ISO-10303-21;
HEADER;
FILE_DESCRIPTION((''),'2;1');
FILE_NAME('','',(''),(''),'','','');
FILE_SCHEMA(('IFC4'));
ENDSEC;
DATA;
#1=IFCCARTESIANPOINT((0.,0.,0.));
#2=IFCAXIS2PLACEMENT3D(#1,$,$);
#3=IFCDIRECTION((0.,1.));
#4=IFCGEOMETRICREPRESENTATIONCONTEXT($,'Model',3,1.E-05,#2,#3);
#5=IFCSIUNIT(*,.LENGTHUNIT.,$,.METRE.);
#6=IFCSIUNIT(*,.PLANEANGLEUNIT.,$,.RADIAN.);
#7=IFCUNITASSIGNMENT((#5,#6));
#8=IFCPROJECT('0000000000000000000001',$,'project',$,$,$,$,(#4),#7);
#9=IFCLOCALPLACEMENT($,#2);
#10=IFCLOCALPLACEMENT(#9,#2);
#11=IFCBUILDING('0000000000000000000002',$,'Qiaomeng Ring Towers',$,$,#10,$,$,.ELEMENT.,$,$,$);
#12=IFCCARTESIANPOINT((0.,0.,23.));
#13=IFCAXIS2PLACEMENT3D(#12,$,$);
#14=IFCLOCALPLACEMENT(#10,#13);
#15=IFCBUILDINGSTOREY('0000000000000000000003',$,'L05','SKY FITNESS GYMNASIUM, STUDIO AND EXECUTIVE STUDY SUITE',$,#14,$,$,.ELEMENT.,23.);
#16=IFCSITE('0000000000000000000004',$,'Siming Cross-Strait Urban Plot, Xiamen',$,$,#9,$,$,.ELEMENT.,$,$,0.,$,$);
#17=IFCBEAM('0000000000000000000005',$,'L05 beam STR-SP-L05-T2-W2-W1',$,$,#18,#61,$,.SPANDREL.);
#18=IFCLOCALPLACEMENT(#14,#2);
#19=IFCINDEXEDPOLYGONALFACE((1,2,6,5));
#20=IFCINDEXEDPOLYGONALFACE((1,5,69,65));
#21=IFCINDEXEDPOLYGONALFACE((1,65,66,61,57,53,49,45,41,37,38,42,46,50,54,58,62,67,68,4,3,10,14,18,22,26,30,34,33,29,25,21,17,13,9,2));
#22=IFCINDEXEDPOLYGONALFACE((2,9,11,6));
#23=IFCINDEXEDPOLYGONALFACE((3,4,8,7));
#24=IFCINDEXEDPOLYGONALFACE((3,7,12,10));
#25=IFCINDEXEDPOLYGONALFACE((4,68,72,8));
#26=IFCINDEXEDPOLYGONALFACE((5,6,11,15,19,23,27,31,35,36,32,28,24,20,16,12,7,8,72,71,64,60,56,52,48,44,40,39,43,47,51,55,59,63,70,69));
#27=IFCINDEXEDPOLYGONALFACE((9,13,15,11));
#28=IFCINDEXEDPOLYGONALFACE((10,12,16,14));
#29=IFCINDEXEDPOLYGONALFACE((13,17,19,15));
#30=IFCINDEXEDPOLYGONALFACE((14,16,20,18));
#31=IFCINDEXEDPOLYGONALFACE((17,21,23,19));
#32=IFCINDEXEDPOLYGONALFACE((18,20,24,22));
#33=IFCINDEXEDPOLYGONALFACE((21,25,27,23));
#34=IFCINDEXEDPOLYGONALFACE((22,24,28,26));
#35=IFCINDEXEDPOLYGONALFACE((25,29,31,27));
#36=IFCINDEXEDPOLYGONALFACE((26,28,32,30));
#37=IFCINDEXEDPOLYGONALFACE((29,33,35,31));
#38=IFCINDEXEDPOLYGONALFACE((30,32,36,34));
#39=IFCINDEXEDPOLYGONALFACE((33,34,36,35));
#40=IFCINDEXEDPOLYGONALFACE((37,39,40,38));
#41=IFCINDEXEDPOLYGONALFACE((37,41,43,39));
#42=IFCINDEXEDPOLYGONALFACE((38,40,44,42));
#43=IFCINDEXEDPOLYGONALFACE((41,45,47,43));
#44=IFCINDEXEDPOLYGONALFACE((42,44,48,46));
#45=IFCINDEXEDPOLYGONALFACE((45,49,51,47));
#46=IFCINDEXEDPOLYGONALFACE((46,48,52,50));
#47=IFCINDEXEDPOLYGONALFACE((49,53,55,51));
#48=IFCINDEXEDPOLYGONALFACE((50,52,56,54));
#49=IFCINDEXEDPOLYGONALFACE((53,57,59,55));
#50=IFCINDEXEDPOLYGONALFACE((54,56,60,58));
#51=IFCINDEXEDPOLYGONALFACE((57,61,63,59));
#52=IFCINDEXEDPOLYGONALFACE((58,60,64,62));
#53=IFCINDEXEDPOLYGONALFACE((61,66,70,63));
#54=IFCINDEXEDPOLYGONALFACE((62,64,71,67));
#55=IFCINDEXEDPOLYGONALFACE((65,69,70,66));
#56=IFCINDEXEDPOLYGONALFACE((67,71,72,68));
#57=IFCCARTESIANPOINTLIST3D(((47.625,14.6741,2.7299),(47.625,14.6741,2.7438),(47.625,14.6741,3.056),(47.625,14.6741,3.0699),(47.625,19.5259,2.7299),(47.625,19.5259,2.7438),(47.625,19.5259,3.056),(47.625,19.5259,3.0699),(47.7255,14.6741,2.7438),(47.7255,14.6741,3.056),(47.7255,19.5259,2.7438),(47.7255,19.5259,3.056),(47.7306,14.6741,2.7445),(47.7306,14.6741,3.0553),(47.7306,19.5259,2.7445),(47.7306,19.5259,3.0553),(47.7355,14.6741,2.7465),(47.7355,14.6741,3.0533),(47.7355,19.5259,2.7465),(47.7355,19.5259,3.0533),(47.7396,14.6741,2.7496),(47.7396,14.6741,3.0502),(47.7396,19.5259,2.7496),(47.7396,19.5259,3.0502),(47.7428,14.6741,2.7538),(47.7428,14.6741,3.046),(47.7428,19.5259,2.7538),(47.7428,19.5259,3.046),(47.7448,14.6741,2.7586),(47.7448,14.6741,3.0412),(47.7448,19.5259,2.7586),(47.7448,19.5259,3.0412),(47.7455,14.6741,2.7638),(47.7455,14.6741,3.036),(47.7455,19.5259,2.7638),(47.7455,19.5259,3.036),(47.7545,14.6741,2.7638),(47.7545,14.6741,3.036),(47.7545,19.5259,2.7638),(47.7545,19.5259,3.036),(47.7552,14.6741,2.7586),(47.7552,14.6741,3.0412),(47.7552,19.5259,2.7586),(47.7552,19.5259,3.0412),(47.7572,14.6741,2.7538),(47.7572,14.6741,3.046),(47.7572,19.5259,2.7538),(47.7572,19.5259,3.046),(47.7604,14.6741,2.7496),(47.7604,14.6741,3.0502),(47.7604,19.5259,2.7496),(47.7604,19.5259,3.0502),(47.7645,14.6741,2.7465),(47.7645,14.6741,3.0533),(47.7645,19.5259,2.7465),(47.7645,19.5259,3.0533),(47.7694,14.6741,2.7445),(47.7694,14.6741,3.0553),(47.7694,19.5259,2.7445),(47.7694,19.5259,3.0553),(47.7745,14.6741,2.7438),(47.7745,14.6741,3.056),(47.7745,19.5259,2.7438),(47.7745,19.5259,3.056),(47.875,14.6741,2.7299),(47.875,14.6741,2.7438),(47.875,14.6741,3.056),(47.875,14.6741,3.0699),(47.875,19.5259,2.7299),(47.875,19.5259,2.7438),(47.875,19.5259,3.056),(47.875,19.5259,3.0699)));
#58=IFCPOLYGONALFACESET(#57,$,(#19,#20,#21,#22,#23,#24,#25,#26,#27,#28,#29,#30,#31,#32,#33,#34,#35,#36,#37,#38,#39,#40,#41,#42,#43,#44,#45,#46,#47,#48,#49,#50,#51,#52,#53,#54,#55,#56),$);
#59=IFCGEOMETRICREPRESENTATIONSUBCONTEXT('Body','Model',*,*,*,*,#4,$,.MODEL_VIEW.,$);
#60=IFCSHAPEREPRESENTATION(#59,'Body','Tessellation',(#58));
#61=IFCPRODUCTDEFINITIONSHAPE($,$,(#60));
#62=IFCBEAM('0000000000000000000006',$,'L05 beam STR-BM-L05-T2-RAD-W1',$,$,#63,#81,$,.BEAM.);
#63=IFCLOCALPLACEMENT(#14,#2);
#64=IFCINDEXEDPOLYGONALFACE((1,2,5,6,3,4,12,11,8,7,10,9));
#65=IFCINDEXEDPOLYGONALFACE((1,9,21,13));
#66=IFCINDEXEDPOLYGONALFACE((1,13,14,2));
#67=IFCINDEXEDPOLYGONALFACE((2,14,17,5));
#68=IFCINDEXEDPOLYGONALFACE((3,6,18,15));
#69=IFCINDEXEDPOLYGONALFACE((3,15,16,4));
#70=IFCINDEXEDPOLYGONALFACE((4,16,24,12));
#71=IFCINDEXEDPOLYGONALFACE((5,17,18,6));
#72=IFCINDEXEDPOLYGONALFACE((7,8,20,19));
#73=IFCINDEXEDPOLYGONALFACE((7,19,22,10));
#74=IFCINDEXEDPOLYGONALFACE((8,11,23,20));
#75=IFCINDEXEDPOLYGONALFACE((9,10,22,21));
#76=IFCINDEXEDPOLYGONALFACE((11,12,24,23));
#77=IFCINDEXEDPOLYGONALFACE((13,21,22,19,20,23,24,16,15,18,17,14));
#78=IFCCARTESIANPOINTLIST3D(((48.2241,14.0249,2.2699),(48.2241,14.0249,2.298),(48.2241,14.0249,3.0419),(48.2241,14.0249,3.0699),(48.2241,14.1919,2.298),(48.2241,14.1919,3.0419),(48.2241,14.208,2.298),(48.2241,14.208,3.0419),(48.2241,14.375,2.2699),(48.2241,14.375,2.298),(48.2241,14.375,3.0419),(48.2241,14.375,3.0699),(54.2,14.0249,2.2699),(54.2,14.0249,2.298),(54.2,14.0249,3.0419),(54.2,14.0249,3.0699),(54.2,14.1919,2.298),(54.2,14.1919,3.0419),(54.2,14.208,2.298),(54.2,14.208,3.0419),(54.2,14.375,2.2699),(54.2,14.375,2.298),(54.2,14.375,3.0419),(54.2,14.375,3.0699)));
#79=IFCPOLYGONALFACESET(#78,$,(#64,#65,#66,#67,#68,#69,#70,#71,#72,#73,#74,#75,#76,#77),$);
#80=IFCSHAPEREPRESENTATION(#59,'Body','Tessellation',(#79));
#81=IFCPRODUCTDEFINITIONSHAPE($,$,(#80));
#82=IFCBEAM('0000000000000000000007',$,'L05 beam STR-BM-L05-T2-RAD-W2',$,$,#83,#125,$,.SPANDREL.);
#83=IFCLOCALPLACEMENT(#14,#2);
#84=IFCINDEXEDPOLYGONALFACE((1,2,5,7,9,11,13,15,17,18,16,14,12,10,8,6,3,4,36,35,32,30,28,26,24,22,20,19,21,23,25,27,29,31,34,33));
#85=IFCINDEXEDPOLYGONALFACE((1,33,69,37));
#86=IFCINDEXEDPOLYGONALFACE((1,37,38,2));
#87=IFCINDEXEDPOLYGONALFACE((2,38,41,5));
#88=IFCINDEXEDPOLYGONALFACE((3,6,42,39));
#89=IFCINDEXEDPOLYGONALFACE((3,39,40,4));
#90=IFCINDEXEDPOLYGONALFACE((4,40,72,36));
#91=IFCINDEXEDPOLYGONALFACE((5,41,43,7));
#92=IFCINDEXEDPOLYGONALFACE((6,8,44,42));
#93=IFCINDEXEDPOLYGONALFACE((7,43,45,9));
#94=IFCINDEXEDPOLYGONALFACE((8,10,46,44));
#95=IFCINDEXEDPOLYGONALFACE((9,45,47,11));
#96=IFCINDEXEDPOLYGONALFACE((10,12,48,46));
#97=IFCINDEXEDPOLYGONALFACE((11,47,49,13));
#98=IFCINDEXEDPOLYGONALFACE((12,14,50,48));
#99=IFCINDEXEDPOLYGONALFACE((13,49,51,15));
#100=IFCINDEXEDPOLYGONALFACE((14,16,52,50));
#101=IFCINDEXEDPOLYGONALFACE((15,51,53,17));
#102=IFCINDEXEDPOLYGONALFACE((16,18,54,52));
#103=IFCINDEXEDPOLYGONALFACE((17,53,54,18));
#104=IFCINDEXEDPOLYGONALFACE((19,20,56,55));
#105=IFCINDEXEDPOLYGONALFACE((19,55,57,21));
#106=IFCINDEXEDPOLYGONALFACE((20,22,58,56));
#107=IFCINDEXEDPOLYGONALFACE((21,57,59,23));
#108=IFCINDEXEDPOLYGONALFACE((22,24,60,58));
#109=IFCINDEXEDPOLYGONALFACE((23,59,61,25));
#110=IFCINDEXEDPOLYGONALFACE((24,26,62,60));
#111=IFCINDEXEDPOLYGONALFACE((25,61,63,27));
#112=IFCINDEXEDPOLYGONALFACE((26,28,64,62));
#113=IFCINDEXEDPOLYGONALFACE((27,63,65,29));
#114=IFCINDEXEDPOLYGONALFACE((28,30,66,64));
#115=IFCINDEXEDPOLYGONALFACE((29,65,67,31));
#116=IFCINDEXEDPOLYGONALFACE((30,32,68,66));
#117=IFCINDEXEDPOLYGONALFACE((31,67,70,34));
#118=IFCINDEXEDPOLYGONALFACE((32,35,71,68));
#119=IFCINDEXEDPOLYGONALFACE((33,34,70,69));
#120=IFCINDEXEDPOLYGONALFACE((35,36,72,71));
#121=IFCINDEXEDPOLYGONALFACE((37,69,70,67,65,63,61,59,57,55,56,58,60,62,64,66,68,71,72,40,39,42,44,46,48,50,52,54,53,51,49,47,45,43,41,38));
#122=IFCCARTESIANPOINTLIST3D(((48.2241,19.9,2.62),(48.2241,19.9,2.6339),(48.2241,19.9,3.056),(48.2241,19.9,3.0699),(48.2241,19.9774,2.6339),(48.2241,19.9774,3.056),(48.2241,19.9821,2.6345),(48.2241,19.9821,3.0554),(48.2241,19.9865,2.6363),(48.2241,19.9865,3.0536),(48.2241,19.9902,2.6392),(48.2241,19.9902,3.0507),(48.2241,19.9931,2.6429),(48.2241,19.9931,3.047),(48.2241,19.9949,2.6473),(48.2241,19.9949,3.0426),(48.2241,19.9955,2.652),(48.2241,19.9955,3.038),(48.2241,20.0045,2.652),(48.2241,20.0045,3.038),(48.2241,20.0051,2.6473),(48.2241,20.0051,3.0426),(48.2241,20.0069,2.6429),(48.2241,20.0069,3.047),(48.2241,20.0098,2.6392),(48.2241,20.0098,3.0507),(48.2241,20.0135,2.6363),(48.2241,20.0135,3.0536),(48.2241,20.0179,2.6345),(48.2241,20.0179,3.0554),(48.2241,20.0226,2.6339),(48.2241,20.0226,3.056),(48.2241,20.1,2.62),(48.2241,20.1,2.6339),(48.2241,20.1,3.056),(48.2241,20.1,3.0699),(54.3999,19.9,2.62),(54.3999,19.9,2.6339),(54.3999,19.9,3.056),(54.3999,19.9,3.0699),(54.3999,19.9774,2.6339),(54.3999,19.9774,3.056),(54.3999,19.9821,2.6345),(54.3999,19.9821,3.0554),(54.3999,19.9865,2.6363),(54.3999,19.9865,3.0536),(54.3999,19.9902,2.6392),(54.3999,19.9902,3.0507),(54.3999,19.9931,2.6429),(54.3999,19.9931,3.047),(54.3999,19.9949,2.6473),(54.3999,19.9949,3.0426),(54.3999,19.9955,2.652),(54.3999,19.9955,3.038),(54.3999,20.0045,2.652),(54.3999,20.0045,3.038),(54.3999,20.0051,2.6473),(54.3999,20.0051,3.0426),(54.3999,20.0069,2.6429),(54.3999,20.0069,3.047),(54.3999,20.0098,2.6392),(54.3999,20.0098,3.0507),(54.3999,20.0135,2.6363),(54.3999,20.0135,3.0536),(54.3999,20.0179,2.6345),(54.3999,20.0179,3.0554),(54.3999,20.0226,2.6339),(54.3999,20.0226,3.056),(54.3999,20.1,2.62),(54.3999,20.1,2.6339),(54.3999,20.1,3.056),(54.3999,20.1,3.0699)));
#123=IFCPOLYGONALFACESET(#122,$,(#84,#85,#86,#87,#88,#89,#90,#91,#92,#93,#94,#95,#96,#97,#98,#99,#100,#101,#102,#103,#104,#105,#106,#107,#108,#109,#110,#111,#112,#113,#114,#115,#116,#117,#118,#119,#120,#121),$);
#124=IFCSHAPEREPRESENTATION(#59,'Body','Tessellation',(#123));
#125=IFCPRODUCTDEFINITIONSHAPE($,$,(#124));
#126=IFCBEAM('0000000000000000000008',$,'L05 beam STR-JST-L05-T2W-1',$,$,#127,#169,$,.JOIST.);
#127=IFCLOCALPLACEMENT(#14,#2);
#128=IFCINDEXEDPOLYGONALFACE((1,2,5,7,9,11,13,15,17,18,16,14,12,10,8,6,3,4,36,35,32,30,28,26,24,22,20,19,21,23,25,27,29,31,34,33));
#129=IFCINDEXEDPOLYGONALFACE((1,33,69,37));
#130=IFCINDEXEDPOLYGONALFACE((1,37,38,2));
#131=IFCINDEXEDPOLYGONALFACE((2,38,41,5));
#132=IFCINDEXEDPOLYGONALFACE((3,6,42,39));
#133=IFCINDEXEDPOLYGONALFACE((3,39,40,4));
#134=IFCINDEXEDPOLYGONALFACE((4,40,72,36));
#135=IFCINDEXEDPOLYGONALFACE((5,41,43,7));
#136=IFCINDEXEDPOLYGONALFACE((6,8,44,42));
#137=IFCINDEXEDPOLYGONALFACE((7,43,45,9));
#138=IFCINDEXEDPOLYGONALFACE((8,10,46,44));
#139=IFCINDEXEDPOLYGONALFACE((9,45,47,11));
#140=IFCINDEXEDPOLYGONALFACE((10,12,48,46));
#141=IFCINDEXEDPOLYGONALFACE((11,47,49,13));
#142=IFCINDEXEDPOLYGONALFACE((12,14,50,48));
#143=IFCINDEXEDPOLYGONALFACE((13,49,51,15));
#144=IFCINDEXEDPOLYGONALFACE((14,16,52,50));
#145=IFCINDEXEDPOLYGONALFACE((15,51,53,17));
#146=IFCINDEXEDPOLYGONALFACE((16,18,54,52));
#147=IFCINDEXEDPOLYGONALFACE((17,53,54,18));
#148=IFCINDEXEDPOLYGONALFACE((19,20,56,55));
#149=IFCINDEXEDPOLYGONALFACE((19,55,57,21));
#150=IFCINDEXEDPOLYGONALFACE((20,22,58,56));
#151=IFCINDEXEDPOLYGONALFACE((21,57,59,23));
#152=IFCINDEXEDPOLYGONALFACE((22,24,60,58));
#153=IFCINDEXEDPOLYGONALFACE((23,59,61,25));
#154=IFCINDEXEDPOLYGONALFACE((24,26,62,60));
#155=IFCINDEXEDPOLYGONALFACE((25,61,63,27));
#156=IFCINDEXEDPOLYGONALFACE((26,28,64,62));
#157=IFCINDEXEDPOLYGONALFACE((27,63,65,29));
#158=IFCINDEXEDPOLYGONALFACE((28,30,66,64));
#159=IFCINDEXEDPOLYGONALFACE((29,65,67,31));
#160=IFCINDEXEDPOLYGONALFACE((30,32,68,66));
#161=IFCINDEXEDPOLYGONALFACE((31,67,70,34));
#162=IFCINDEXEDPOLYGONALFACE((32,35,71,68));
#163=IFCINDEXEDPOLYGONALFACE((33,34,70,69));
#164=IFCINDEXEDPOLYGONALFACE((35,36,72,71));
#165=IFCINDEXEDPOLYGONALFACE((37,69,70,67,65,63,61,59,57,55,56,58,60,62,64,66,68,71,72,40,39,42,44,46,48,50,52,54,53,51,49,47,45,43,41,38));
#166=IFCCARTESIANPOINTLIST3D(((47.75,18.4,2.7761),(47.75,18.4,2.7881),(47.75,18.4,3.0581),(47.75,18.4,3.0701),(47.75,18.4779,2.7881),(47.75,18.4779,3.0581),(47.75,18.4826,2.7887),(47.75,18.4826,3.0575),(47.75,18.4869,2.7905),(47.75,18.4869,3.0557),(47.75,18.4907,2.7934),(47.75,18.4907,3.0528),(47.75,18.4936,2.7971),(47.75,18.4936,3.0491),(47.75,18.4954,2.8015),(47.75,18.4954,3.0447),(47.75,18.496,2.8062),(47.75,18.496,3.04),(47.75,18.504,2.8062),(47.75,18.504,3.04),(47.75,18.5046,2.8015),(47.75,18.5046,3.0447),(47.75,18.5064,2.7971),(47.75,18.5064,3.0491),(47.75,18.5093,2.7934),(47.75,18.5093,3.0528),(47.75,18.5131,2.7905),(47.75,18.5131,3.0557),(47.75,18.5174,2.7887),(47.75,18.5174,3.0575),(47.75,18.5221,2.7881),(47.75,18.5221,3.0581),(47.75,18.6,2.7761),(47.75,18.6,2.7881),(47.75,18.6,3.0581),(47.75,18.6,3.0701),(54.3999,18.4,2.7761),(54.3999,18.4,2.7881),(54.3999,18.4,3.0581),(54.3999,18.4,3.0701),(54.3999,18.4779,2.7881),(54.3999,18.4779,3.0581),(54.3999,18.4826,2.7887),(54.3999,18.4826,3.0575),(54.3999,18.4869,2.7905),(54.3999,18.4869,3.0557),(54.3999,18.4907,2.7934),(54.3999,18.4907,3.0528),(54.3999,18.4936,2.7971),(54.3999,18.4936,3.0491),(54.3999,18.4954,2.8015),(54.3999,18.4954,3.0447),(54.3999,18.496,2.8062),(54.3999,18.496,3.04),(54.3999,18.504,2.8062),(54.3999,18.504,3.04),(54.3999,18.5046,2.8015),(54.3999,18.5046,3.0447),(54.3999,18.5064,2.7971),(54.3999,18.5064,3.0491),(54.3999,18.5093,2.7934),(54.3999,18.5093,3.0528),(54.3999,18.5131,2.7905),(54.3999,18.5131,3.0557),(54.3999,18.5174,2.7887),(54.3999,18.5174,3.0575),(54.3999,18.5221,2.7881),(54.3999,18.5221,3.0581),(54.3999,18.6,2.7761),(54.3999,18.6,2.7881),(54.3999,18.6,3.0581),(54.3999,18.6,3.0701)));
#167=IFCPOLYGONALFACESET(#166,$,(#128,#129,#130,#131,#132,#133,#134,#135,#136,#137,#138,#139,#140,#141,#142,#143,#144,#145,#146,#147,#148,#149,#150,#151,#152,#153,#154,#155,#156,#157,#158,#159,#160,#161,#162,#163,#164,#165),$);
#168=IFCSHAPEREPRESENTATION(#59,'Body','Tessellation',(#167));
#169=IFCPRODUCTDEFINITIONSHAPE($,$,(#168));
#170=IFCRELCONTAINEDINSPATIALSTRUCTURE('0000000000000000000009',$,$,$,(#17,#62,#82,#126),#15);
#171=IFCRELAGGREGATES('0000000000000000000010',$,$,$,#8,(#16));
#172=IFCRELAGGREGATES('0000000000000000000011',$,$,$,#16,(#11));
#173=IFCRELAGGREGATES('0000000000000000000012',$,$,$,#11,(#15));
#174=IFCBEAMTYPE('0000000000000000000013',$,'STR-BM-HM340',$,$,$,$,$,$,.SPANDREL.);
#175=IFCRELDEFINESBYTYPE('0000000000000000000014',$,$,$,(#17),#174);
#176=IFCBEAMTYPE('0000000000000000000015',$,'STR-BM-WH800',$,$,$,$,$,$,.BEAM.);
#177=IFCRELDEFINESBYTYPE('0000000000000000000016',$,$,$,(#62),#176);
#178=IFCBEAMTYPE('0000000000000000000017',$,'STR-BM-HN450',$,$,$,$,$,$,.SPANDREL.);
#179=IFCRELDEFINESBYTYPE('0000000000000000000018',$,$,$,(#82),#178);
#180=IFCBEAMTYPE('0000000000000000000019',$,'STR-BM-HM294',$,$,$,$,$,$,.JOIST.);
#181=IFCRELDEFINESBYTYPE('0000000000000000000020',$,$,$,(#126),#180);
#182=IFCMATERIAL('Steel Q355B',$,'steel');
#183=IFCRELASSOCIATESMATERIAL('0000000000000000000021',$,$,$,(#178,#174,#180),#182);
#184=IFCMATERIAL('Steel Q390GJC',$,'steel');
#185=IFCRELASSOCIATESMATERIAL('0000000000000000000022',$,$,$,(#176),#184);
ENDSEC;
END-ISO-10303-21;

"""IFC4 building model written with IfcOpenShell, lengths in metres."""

from ifc_helpers import new_model, si_unit, direction, frame, origin, origin_2d, place, context, subcontext, project, spatial, i_section, extrude, source, transform, mapped, material, material_profile, profile_set, type_object, element, save


model = new_model("IFC4")

# Units and contexts
model_context = context("Model", 3, precision=1e-05, world=origin(), true_north=direction((0.0, 1.0)))
body_context = subcontext(model_context, "Body", "Model", "MODEL_VIEW")
ifc_project = project(units=[si_unit("LENGTHUNIT", "METRE"), si_unit("PLANEANGLEUNIT", "RADIAN")], contexts=[model_context])

# Site, building, storey
site_placement = place(None, origin())
site = spatial("IfcSite", under=ifc_project, at=site_placement, Name="Siming Cross-Strait Urban Plot, Xiamen", CompositionType="ELEMENT", RefElevation=0.0)
building_placement = place(site_placement, origin())
building = spatial("IfcBuilding", under=site, at=building_placement, Name="Qiaomeng Ring Towers", CompositionType="ELEMENT")
storey_placement = place(building_placement, frame((0.0, 0.0, 23.0)))
storey = spatial("IfcBuildingStorey", under=building, at=storey_placement, Name="L05", Description="SKY FITNESS GYMNASIUM, STUDIO AND EXECUTIVE STUDY SUITE", CompositionType="ELEMENT", Elevation=23.0)

# Beams
ifc_material_1 = material(Name="Steel Q355B", Category="steel")
ifc_material_profile_1 = material_profile(ifc_material_1, i_section(OverallWidth=0.2, OverallDepth=0.45, WebThickness=0.009, FlangeThickness=0.0139, FilletRadius=0.0181, at=origin_2d()), Name="HN 450x200x9x14")
ifc_profile_set_1 = profile_set([ifc_material_profile_1], Name="Steel Q355B")
beam_type_1 = type_object("IfcBeamType", Name="STR-BM-HN450", PredefinedType="SPANDREL", material=ifc_profile_set_1)
ifc_material_profile_2 = material_profile(ifc_material_1, i_section(OverallWidth=0.25, OverallDepth=0.3401, WebThickness=0.009, FlangeThickness=0.0139, FilletRadius=0.02, at=origin_2d()), Name="HM 340x250x9x14")
ifc_profile_set_2 = profile_set([ifc_material_profile_2], Name="Steel Q355B")
beam_type_2 = type_object("IfcBeamType", Name="STR-BM-HM340", PredefinedType="SPANDREL", material=ifc_profile_set_2)
shared_shape_1 = source(origin(), body_context, "Body", "SweptSolid", [
    extrude(i_section(OverallWidth=0.25, OverallDepth=0.3401, WebThickness=0.009, FlangeThickness=0.0139, FilletRadius=0.02, at=origin_2d()), origin(), (0.0, 0.0, 1.0), 4.8518),
])
beam_1_placement = place(storey_placement, frame((47.75, 19.5259, 2.8999), z_axis=(0.0, -1.0, 0.0), x_axis=(1.0, 0.0, 0.0)))
element("IfcBeam", 1, at=beam_1_placement, inside=storey, type_object=beam_type_2, Name="L05 beam STR-SP-L05-T2-W2-W1", PredefinedType="SPANDREL", context=body_context, shape_type="MappedRepresentation", body=[
    mapped(shared_shape_1, transform((0.0, 0.0, 0.0), x_axis=(1.0, 0.0, 0.0), y_axis=(0.0, 1.0, 0.0), z_axis=(0.0, 0.0, 1.0), scale=1.0)),
])
ifc_material_2 = material(Name="Steel Q390GJC", Category="steel")
ifc_material_profile_3 = material_profile(ifc_material_2, i_section(OverallWidth=0.3501, OverallDepth=0.8, WebThickness=0.0161, FlangeThickness=0.0281, at=origin_2d()), Name="WH 800x350x16x28")
ifc_profile_set_3 = profile_set([ifc_material_profile_3], Name="Steel Q390GJC")
beam_type_3 = type_object("IfcBeamType", Name="STR-BM-WH800", PredefinedType="BEAM", material=ifc_profile_set_3)
shared_shape_2 = source(origin(), body_context, "Body", "SweptSolid", [
    extrude(i_section(OverallWidth=0.3501, OverallDepth=0.8, WebThickness=0.0161, FlangeThickness=0.0281, at=origin_2d()), origin(), (0.0, 0.0, 1.0), 5.9758),
])
beam_2_placement = place(storey_placement, frame((48.2241, 14.2, 2.6699), z_axis=(1.0, 0.0, 0.0), x_axis=(0.0, 1.0, 0.0)))
element("IfcBeam", 2, at=beam_2_placement, inside=storey, type_object=beam_type_3, Name="L05 beam STR-BM-L05-T2-RAD-W1", PredefinedType="BEAM", context=body_context, shape_type="MappedRepresentation", body=[
    mapped(shared_shape_2, transform((0.0, 0.0, 0.0), x_axis=(1.0, 0.0, 0.0), y_axis=(0.0, 1.0, 0.0), z_axis=(0.0, 0.0, 1.0), scale=1.0)),
])
shared_shape_3 = source(origin(), body_context, "Body", "SweptSolid", [
    extrude(i_section(OverallWidth=0.2, OverallDepth=0.45, WebThickness=0.009, FlangeThickness=0.0139, FilletRadius=0.0181, at=origin_2d()), origin(), (0.0, 0.0, 1.0), 6.1758),
])
beam_3_placement = place(storey_placement, frame((48.2241, 20.0, 2.845), z_axis=(1.0, 0.0, 0.0), x_axis=(0.0, 1.0, 0.0)))
element("IfcBeam", 3, at=beam_3_placement, inside=storey, type_object=beam_type_1, Name="L05 beam STR-BM-L05-T2-RAD-W2", PredefinedType="SPANDREL", context=body_context, shape_type="MappedRepresentation", body=[
    mapped(shared_shape_3, transform((0.0, 0.0, 0.0), x_axis=(1.0, 0.0, 0.0), y_axis=(0.0, 1.0, 0.0), z_axis=(0.0, 0.0, 1.0), scale=1.0)),
])
ifc_material_profile_4 = material_profile(ifc_material_1, i_section(OverallWidth=0.2, OverallDepth=0.2939, WebThickness=0.0081, FlangeThickness=0.012, FilletRadius=0.0181, at=origin_2d()), Name="HM 294x200x8x12")
ifc_profile_set_4 = profile_set([ifc_material_profile_4], Name="Steel Q355B")
beam_type_4 = type_object("IfcBeamType", Name="STR-BM-HM294", PredefinedType="JOIST", material=ifc_profile_set_4)
shared_shape_4 = source(origin(), body_context, "Body", "SweptSolid", [
    extrude(i_section(OverallWidth=0.2, OverallDepth=0.2939, WebThickness=0.0081, FlangeThickness=0.012, FilletRadius=0.0181, at=origin_2d()), origin(), (0.0, 0.0, 1.0), 6.6499),
])
beam_4_placement = place(storey_placement, frame((47.75, 18.5, 2.9231), z_axis=(1.0, 0.0, 0.0), x_axis=(0.0, 1.0, 0.0)))
element("IfcBeam", 4, at=beam_4_placement, inside=storey, type_object=beam_type_4, Name="L05 beam STR-JST-L05-T2W-1", PredefinedType="JOIST", context=body_context, shape_type="MappedRepresentation", body=[
    mapped(shared_shape_4, transform((0.0, 0.0, 0.0), x_axis=(1.0, 0.0, 0.0), y_axis=(0.0, 1.0, 0.0), z_axis=(0.0, 0.0, 1.0), scale=1.0)),
])

save(model, "model.ifc")
